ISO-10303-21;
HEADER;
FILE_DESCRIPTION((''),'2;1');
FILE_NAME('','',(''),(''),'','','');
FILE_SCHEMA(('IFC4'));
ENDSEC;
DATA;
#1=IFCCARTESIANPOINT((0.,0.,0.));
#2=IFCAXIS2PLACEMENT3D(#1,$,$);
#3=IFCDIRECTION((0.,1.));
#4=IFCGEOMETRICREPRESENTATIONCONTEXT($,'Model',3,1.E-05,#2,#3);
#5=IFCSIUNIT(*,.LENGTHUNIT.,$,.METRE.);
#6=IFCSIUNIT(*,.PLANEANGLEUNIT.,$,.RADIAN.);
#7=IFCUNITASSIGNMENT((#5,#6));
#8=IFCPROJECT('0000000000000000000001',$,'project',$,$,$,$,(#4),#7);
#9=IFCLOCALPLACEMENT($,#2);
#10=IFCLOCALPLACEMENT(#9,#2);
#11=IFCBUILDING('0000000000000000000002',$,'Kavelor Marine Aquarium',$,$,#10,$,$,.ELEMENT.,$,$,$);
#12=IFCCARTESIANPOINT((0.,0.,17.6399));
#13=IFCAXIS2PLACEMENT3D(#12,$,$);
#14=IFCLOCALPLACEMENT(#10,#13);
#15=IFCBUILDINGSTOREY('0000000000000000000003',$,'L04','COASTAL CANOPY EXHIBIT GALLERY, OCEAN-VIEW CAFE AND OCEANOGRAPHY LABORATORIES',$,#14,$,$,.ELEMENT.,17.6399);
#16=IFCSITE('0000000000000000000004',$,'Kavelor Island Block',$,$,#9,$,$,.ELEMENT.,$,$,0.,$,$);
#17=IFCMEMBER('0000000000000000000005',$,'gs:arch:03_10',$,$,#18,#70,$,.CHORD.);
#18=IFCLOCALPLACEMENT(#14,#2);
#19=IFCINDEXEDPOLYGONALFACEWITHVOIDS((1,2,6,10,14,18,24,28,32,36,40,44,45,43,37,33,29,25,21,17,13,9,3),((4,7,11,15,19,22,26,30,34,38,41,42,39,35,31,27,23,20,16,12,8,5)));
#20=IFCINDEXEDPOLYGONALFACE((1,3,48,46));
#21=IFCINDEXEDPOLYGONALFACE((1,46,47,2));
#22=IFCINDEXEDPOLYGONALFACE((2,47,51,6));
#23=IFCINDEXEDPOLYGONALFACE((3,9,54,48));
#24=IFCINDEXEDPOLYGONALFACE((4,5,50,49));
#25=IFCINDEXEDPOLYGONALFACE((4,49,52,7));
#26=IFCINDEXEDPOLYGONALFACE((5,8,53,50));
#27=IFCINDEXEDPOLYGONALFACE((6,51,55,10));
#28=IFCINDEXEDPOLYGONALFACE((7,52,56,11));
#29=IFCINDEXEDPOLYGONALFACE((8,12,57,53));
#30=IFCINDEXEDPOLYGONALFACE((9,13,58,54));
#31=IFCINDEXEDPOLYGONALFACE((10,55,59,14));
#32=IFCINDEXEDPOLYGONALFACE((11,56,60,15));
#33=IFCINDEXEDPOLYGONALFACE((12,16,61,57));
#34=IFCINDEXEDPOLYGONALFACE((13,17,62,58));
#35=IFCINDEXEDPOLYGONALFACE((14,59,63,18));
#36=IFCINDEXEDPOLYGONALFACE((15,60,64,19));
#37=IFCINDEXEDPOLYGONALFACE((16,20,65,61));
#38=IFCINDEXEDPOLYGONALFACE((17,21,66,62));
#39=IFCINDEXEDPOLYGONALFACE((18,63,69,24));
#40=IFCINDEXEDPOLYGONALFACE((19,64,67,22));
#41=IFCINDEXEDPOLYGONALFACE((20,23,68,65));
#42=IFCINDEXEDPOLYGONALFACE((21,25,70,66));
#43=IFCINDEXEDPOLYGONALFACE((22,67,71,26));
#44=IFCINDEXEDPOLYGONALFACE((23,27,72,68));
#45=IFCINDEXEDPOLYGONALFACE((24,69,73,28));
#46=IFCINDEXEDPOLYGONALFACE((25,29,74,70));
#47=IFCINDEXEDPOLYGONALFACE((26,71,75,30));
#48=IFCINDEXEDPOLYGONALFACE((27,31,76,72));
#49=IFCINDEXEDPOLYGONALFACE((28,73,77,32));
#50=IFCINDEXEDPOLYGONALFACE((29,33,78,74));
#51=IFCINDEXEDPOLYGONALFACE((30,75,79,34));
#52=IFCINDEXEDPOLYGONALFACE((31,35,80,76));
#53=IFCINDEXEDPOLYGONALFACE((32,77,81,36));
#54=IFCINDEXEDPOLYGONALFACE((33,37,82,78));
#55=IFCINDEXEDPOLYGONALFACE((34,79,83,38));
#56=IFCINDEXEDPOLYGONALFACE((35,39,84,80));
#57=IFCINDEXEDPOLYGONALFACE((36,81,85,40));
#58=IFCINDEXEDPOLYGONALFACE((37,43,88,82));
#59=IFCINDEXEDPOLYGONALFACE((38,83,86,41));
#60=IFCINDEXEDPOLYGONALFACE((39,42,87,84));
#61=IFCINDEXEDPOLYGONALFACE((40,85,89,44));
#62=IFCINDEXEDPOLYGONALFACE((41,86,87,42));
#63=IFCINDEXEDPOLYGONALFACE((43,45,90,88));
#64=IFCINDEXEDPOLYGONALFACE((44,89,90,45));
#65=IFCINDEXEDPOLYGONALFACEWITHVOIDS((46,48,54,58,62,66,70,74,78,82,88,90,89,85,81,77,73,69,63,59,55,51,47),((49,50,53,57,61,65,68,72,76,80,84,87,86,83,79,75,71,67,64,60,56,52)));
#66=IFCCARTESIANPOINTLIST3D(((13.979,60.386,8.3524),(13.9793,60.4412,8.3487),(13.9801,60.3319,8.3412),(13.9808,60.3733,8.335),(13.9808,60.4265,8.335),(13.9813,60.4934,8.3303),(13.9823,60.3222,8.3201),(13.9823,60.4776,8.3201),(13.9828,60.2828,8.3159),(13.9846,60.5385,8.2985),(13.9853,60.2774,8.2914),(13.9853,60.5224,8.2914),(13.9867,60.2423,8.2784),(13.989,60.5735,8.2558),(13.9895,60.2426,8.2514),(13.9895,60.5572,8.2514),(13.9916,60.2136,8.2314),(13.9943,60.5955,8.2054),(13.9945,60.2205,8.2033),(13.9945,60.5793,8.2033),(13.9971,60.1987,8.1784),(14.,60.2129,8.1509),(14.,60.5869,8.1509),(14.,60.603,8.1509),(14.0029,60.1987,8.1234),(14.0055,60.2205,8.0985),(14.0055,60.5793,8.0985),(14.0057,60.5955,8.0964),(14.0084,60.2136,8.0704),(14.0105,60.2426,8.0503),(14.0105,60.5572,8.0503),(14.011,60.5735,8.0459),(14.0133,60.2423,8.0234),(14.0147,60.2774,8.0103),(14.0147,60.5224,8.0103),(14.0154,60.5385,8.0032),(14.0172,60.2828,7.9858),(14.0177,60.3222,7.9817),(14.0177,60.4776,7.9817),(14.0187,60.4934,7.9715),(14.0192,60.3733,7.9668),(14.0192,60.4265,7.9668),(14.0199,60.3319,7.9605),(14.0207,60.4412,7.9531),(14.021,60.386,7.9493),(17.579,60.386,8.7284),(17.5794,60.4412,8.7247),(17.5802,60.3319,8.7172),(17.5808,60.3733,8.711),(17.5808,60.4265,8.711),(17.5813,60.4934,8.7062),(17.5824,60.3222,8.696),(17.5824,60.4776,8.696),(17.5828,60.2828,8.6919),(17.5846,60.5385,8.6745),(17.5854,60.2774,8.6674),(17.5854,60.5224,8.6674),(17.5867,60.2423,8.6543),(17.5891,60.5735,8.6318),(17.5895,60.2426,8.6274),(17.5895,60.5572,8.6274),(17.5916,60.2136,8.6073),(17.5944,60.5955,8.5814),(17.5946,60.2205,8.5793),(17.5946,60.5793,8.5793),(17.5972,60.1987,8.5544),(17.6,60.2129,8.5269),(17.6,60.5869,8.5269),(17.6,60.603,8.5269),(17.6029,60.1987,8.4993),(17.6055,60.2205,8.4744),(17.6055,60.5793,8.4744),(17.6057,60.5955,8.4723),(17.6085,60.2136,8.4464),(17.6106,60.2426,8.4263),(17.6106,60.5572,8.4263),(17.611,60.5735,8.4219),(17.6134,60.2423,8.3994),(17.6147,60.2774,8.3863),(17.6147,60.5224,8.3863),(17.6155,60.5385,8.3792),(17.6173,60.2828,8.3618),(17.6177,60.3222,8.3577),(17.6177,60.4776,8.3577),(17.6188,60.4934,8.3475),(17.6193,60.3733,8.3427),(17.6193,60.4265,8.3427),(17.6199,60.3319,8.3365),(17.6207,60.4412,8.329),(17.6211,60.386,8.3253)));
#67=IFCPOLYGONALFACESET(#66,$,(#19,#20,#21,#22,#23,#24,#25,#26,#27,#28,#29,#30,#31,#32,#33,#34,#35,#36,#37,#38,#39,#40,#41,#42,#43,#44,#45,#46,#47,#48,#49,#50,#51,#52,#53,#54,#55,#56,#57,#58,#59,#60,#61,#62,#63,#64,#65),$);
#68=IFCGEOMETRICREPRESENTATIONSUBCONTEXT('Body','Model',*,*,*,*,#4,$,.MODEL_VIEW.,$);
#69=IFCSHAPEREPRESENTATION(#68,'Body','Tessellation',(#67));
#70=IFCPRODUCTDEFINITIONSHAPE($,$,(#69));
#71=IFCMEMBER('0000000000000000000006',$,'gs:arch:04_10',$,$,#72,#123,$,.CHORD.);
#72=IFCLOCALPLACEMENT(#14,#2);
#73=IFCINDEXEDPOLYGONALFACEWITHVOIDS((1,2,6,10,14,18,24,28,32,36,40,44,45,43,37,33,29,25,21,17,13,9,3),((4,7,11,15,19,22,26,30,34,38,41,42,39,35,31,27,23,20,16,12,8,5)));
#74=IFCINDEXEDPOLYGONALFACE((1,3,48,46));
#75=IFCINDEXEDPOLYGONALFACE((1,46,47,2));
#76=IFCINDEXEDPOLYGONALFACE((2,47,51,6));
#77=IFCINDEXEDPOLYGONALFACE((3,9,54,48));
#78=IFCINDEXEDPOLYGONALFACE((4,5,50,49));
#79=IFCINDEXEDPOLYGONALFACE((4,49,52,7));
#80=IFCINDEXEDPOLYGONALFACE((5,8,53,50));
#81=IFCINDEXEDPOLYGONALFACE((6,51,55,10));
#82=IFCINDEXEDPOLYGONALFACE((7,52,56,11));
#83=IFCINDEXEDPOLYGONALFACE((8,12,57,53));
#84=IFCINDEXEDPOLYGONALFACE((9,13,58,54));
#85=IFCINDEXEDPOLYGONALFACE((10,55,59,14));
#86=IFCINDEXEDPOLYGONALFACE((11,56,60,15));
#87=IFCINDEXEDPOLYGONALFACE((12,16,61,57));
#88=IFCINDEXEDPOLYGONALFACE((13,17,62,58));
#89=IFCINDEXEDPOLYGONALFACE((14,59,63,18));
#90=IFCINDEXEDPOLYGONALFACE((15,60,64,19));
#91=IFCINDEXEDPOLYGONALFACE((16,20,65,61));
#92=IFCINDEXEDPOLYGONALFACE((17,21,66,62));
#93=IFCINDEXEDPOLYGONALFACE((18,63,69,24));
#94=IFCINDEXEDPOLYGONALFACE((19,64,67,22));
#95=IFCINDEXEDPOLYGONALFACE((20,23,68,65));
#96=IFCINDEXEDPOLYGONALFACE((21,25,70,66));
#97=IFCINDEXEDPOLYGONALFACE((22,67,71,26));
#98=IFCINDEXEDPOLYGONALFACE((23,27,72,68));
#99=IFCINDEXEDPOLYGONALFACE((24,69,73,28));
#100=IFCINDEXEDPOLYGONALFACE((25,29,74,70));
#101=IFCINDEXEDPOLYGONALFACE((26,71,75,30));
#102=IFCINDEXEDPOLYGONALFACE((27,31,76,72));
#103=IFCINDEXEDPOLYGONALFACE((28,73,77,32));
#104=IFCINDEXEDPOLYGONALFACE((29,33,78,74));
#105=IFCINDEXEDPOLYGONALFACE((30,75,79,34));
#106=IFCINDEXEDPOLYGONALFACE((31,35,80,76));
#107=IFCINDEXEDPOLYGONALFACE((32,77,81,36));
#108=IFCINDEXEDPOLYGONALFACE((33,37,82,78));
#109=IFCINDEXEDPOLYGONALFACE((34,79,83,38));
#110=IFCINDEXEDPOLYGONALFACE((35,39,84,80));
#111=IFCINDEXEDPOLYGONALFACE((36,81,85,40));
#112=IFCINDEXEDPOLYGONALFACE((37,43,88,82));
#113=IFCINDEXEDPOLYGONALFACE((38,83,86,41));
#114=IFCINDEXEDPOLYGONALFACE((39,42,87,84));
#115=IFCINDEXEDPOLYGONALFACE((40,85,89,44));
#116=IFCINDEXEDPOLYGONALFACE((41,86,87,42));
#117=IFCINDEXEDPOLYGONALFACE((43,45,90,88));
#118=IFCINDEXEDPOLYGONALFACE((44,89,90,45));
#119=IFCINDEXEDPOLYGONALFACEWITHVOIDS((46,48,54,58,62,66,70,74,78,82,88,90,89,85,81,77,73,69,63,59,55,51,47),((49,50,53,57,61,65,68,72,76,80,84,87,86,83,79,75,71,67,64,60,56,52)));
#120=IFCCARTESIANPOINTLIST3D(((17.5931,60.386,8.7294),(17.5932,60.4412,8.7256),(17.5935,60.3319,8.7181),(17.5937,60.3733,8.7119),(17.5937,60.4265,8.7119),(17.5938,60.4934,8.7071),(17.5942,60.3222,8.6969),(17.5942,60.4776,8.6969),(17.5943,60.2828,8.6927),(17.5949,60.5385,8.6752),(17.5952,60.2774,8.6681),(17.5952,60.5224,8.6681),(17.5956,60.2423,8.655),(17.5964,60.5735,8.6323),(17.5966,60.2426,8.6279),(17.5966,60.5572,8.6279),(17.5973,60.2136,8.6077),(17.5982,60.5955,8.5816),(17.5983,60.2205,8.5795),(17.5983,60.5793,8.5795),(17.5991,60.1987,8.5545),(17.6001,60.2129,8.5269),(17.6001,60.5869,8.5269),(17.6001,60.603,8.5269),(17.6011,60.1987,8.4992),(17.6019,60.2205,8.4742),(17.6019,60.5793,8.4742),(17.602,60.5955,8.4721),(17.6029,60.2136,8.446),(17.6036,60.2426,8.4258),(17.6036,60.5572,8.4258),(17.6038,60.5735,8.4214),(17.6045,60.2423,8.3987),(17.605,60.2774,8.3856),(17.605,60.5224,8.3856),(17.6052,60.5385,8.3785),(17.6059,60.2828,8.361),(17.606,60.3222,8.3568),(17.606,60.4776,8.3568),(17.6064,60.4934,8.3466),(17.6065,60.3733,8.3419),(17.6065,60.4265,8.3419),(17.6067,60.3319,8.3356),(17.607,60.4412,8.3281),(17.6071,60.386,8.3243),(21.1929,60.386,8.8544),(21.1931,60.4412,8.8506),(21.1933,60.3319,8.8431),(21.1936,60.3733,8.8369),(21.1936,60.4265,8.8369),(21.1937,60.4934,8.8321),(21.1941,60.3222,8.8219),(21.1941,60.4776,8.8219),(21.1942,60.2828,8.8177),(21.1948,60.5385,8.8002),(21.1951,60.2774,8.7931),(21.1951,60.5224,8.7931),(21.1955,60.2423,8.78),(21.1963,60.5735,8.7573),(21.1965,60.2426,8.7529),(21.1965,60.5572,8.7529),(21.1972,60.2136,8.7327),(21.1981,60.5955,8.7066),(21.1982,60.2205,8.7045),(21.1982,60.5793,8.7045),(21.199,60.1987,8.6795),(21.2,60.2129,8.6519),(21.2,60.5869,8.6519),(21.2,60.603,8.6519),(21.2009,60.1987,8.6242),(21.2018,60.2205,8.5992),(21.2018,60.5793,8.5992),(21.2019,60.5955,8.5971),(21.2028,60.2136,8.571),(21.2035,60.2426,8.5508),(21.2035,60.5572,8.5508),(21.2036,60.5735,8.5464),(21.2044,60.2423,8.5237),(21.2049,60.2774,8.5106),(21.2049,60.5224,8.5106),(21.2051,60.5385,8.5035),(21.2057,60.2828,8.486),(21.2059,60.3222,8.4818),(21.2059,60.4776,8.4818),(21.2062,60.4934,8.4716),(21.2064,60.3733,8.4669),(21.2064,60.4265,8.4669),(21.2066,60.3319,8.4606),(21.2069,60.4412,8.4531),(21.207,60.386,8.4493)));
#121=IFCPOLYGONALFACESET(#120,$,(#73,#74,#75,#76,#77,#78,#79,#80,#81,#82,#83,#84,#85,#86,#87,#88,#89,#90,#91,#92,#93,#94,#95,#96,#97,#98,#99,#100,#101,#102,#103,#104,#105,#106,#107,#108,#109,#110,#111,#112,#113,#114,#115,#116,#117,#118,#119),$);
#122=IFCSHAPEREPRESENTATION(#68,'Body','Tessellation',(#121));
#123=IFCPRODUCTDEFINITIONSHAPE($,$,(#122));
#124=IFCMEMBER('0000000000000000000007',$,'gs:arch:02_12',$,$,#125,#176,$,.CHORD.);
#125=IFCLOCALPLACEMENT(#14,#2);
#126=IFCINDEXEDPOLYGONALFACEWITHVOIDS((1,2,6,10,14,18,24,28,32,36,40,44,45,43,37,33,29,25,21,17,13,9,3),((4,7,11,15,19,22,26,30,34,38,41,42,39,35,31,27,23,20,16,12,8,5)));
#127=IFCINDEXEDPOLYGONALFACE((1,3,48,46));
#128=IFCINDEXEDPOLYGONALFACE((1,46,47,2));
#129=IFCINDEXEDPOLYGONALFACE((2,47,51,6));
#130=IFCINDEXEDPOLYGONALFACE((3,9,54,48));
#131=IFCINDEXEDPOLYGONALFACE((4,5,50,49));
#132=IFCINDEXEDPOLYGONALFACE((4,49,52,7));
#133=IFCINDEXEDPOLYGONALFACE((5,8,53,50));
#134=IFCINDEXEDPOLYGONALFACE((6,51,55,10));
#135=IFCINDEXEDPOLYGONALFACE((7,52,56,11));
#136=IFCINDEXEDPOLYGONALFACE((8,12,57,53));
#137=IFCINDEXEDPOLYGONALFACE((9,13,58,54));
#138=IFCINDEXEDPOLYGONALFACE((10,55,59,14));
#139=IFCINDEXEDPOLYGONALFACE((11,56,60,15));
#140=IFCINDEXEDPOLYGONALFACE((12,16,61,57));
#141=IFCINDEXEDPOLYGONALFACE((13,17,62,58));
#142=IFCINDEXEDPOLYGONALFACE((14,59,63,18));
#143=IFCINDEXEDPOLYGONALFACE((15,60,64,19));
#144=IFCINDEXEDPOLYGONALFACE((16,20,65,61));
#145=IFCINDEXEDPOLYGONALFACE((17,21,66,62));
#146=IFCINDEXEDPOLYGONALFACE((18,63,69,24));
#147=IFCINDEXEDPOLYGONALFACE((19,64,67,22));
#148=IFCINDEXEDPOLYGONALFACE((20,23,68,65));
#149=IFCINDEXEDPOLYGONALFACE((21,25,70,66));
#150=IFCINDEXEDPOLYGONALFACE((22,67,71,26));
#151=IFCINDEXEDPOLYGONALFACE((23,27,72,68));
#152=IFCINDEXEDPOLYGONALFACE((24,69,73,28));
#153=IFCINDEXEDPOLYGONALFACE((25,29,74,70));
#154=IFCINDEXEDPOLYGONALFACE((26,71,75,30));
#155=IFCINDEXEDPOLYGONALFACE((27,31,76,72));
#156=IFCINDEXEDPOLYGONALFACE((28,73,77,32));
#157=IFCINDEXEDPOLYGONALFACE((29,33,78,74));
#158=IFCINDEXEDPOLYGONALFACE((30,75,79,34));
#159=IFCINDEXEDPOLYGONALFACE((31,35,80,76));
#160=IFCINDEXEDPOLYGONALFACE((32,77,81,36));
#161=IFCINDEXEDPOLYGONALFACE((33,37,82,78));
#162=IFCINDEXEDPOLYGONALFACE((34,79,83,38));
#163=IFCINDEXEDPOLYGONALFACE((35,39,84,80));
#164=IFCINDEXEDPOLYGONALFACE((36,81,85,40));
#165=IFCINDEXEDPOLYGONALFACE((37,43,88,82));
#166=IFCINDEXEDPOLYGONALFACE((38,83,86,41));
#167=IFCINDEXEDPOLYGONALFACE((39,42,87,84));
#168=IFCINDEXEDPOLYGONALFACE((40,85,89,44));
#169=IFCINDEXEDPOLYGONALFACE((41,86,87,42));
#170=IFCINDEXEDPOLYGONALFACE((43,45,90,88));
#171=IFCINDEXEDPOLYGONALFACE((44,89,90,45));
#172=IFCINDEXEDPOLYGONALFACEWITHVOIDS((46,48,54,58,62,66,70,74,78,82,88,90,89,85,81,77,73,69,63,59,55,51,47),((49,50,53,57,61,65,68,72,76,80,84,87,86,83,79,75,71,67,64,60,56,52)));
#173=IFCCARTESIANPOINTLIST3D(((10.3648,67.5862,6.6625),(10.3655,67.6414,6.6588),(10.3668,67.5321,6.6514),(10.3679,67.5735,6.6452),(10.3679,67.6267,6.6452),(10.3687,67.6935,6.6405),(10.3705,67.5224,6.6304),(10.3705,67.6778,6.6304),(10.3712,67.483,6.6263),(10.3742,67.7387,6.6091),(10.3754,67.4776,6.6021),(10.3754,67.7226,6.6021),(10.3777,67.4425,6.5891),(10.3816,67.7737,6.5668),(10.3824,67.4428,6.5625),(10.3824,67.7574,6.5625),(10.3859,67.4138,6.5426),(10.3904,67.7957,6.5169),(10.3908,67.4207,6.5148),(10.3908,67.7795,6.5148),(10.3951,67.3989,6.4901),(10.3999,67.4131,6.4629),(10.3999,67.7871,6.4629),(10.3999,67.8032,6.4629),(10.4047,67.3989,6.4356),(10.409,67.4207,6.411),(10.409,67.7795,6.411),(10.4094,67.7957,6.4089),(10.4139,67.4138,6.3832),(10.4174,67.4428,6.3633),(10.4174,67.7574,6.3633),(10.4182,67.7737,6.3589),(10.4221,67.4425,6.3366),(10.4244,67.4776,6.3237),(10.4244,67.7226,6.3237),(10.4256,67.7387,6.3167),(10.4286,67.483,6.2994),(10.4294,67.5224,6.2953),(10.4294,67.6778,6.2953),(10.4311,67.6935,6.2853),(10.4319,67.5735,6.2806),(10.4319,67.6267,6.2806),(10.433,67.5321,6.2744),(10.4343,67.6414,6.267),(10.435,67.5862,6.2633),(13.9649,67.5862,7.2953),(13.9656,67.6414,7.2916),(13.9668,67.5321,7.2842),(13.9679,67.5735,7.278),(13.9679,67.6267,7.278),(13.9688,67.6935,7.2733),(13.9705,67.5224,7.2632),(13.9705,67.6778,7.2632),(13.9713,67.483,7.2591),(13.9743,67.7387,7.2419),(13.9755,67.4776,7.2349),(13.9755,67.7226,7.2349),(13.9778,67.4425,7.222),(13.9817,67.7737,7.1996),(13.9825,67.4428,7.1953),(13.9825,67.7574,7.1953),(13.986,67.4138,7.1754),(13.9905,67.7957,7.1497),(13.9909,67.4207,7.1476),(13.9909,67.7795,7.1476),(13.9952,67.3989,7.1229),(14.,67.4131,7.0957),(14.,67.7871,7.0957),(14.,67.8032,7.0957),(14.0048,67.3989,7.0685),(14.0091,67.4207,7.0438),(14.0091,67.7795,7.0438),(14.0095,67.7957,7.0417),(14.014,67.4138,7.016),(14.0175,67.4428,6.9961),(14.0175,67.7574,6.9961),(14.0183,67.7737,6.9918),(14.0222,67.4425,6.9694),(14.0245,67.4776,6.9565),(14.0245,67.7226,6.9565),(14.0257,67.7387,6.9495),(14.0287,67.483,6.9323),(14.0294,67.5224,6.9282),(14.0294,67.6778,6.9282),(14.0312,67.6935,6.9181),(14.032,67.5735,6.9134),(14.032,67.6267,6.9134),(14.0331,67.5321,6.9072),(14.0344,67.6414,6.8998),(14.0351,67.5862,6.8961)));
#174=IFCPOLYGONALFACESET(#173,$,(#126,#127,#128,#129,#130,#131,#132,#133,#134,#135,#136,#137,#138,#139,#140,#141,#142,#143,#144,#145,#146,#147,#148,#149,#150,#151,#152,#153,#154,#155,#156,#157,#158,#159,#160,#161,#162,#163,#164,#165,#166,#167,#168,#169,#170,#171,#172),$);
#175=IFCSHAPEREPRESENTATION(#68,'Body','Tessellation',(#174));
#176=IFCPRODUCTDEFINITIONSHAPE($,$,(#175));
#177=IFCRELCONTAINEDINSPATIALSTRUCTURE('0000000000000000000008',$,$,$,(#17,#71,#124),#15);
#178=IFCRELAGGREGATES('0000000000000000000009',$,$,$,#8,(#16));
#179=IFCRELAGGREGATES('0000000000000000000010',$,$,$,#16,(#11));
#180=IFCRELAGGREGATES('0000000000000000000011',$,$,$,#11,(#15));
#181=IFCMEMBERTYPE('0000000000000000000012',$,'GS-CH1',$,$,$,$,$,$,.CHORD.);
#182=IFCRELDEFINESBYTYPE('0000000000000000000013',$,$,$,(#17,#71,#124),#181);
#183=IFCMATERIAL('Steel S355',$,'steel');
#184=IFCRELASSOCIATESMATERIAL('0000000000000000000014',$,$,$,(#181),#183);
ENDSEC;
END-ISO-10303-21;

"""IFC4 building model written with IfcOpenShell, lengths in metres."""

from ifc_helpers import new_model, si_unit, direction, frame, origin, origin_2d, place, context, subcontext, project, spatial, hollow_circle, extrude, material, material_profile, profile_set, type_object, element, save


model = new_model("IFC4")

# Units and contexts
model_context = context("Model", 3, precision=1e-05, world=origin(), true_north=direction((0.0, 1.0)))
body_context = subcontext(model_context, "Body", "Model", "MODEL_VIEW")
ifc_project = project(units=[si_unit("LENGTHUNIT", "METRE"), si_unit("PLANEANGLEUNIT", "RADIAN")], contexts=[model_context])

# Site, building, storey
site_placement = place(None, origin())
site = spatial("IfcSite", under=ifc_project, at=site_placement, Name="Kavelor Island Block", CompositionType="ELEMENT", RefElevation=0.0)
building_placement = place(site_placement, origin())
building = spatial("IfcBuilding", under=site, at=building_placement, Name="Kavelor Marine Aquarium", CompositionType="ELEMENT")
storey_placement = place(building_placement, frame((0.0, 0.0, 17.6399)))
storey = spatial("IfcBuildingStorey", under=building, at=storey_placement, Name="L04", Description="COASTAL CANOPY EXHIBIT GALLERY, OCEAN-VIEW CAFE AND OCEANOGRAPHY LABORATORIES", CompositionType="ELEMENT", Elevation=17.6399)

# Members
ifc_material_1 = material(Name="Steel S355", Category="steel")
ifc_material_profile_1 = material_profile(ifc_material_1, hollow_circle(Radius=0.2031, WallThickness=0.0161, at=origin_2d()), Name="CHS 406.4x16.0")
ifc_profile_set_1 = profile_set([ifc_material_profile_1], Name="Steel S355")
member_type_1 = type_object("IfcMemberType", Name="GS-CH1", PredefinedType="CHORD", material=ifc_profile_set_1)
member_1_placement = place(storey_placement, frame((14.0, 60.3999, 8.1509), z_axis=(0.994591, 0.0, 0.10387), x_axis=(0.0, 1.0, 0.0)))
element("IfcMember", 1, at=member_1_placement, inside=storey, type_object=member_type_1, Name="gs:arch:03_10", PredefinedType="CHORD", context=body_context, shape_type="SweptSolid", body=[
    extrude(hollow_circle(Radius=0.2031, WallThickness=0.0161, at=origin_2d()), origin(), (0.0, 0.0, 1.0), 3.6196),
])
member_2_placement = place(storey_placement, frame((17.6001, 60.3999, 8.5269), z_axis=(0.999398, 0.0, 0.034703), x_axis=(0.0, 1.0, 0.0)))
element("IfcMember", 2, at=member_2_placement, inside=storey, type_object=member_type_1, Name="gs:arch:04_10", PredefinedType="CHORD", context=body_context, shape_type="SweptSolid", body=[
    extrude(hollow_circle(Radius=0.2031, WallThickness=0.0161, at=origin_2d()), origin(), (0.0, 0.0, 1.0), 3.6021),
])
member_3_placement = place(storey_placement, frame((10.3999, 67.6001, 6.4629), z_axis=(0.9849, 0.0, 0.173122), x_axis=(0.0, 1.0, 0.0)))
element("IfcMember", 3, at=member_3_placement, inside=storey, type_object=member_type_1, Name="gs:arch:02_12", PredefinedType="CHORD", context=body_context, shape_type="SweptSolid", body=[
    extrude(hollow_circle(Radius=0.2031, WallThickness=0.0161, at=origin_2d()), origin(), (0.0, 0.0, 1.0), 3.6553),
])

save(model, "model.ifc")
